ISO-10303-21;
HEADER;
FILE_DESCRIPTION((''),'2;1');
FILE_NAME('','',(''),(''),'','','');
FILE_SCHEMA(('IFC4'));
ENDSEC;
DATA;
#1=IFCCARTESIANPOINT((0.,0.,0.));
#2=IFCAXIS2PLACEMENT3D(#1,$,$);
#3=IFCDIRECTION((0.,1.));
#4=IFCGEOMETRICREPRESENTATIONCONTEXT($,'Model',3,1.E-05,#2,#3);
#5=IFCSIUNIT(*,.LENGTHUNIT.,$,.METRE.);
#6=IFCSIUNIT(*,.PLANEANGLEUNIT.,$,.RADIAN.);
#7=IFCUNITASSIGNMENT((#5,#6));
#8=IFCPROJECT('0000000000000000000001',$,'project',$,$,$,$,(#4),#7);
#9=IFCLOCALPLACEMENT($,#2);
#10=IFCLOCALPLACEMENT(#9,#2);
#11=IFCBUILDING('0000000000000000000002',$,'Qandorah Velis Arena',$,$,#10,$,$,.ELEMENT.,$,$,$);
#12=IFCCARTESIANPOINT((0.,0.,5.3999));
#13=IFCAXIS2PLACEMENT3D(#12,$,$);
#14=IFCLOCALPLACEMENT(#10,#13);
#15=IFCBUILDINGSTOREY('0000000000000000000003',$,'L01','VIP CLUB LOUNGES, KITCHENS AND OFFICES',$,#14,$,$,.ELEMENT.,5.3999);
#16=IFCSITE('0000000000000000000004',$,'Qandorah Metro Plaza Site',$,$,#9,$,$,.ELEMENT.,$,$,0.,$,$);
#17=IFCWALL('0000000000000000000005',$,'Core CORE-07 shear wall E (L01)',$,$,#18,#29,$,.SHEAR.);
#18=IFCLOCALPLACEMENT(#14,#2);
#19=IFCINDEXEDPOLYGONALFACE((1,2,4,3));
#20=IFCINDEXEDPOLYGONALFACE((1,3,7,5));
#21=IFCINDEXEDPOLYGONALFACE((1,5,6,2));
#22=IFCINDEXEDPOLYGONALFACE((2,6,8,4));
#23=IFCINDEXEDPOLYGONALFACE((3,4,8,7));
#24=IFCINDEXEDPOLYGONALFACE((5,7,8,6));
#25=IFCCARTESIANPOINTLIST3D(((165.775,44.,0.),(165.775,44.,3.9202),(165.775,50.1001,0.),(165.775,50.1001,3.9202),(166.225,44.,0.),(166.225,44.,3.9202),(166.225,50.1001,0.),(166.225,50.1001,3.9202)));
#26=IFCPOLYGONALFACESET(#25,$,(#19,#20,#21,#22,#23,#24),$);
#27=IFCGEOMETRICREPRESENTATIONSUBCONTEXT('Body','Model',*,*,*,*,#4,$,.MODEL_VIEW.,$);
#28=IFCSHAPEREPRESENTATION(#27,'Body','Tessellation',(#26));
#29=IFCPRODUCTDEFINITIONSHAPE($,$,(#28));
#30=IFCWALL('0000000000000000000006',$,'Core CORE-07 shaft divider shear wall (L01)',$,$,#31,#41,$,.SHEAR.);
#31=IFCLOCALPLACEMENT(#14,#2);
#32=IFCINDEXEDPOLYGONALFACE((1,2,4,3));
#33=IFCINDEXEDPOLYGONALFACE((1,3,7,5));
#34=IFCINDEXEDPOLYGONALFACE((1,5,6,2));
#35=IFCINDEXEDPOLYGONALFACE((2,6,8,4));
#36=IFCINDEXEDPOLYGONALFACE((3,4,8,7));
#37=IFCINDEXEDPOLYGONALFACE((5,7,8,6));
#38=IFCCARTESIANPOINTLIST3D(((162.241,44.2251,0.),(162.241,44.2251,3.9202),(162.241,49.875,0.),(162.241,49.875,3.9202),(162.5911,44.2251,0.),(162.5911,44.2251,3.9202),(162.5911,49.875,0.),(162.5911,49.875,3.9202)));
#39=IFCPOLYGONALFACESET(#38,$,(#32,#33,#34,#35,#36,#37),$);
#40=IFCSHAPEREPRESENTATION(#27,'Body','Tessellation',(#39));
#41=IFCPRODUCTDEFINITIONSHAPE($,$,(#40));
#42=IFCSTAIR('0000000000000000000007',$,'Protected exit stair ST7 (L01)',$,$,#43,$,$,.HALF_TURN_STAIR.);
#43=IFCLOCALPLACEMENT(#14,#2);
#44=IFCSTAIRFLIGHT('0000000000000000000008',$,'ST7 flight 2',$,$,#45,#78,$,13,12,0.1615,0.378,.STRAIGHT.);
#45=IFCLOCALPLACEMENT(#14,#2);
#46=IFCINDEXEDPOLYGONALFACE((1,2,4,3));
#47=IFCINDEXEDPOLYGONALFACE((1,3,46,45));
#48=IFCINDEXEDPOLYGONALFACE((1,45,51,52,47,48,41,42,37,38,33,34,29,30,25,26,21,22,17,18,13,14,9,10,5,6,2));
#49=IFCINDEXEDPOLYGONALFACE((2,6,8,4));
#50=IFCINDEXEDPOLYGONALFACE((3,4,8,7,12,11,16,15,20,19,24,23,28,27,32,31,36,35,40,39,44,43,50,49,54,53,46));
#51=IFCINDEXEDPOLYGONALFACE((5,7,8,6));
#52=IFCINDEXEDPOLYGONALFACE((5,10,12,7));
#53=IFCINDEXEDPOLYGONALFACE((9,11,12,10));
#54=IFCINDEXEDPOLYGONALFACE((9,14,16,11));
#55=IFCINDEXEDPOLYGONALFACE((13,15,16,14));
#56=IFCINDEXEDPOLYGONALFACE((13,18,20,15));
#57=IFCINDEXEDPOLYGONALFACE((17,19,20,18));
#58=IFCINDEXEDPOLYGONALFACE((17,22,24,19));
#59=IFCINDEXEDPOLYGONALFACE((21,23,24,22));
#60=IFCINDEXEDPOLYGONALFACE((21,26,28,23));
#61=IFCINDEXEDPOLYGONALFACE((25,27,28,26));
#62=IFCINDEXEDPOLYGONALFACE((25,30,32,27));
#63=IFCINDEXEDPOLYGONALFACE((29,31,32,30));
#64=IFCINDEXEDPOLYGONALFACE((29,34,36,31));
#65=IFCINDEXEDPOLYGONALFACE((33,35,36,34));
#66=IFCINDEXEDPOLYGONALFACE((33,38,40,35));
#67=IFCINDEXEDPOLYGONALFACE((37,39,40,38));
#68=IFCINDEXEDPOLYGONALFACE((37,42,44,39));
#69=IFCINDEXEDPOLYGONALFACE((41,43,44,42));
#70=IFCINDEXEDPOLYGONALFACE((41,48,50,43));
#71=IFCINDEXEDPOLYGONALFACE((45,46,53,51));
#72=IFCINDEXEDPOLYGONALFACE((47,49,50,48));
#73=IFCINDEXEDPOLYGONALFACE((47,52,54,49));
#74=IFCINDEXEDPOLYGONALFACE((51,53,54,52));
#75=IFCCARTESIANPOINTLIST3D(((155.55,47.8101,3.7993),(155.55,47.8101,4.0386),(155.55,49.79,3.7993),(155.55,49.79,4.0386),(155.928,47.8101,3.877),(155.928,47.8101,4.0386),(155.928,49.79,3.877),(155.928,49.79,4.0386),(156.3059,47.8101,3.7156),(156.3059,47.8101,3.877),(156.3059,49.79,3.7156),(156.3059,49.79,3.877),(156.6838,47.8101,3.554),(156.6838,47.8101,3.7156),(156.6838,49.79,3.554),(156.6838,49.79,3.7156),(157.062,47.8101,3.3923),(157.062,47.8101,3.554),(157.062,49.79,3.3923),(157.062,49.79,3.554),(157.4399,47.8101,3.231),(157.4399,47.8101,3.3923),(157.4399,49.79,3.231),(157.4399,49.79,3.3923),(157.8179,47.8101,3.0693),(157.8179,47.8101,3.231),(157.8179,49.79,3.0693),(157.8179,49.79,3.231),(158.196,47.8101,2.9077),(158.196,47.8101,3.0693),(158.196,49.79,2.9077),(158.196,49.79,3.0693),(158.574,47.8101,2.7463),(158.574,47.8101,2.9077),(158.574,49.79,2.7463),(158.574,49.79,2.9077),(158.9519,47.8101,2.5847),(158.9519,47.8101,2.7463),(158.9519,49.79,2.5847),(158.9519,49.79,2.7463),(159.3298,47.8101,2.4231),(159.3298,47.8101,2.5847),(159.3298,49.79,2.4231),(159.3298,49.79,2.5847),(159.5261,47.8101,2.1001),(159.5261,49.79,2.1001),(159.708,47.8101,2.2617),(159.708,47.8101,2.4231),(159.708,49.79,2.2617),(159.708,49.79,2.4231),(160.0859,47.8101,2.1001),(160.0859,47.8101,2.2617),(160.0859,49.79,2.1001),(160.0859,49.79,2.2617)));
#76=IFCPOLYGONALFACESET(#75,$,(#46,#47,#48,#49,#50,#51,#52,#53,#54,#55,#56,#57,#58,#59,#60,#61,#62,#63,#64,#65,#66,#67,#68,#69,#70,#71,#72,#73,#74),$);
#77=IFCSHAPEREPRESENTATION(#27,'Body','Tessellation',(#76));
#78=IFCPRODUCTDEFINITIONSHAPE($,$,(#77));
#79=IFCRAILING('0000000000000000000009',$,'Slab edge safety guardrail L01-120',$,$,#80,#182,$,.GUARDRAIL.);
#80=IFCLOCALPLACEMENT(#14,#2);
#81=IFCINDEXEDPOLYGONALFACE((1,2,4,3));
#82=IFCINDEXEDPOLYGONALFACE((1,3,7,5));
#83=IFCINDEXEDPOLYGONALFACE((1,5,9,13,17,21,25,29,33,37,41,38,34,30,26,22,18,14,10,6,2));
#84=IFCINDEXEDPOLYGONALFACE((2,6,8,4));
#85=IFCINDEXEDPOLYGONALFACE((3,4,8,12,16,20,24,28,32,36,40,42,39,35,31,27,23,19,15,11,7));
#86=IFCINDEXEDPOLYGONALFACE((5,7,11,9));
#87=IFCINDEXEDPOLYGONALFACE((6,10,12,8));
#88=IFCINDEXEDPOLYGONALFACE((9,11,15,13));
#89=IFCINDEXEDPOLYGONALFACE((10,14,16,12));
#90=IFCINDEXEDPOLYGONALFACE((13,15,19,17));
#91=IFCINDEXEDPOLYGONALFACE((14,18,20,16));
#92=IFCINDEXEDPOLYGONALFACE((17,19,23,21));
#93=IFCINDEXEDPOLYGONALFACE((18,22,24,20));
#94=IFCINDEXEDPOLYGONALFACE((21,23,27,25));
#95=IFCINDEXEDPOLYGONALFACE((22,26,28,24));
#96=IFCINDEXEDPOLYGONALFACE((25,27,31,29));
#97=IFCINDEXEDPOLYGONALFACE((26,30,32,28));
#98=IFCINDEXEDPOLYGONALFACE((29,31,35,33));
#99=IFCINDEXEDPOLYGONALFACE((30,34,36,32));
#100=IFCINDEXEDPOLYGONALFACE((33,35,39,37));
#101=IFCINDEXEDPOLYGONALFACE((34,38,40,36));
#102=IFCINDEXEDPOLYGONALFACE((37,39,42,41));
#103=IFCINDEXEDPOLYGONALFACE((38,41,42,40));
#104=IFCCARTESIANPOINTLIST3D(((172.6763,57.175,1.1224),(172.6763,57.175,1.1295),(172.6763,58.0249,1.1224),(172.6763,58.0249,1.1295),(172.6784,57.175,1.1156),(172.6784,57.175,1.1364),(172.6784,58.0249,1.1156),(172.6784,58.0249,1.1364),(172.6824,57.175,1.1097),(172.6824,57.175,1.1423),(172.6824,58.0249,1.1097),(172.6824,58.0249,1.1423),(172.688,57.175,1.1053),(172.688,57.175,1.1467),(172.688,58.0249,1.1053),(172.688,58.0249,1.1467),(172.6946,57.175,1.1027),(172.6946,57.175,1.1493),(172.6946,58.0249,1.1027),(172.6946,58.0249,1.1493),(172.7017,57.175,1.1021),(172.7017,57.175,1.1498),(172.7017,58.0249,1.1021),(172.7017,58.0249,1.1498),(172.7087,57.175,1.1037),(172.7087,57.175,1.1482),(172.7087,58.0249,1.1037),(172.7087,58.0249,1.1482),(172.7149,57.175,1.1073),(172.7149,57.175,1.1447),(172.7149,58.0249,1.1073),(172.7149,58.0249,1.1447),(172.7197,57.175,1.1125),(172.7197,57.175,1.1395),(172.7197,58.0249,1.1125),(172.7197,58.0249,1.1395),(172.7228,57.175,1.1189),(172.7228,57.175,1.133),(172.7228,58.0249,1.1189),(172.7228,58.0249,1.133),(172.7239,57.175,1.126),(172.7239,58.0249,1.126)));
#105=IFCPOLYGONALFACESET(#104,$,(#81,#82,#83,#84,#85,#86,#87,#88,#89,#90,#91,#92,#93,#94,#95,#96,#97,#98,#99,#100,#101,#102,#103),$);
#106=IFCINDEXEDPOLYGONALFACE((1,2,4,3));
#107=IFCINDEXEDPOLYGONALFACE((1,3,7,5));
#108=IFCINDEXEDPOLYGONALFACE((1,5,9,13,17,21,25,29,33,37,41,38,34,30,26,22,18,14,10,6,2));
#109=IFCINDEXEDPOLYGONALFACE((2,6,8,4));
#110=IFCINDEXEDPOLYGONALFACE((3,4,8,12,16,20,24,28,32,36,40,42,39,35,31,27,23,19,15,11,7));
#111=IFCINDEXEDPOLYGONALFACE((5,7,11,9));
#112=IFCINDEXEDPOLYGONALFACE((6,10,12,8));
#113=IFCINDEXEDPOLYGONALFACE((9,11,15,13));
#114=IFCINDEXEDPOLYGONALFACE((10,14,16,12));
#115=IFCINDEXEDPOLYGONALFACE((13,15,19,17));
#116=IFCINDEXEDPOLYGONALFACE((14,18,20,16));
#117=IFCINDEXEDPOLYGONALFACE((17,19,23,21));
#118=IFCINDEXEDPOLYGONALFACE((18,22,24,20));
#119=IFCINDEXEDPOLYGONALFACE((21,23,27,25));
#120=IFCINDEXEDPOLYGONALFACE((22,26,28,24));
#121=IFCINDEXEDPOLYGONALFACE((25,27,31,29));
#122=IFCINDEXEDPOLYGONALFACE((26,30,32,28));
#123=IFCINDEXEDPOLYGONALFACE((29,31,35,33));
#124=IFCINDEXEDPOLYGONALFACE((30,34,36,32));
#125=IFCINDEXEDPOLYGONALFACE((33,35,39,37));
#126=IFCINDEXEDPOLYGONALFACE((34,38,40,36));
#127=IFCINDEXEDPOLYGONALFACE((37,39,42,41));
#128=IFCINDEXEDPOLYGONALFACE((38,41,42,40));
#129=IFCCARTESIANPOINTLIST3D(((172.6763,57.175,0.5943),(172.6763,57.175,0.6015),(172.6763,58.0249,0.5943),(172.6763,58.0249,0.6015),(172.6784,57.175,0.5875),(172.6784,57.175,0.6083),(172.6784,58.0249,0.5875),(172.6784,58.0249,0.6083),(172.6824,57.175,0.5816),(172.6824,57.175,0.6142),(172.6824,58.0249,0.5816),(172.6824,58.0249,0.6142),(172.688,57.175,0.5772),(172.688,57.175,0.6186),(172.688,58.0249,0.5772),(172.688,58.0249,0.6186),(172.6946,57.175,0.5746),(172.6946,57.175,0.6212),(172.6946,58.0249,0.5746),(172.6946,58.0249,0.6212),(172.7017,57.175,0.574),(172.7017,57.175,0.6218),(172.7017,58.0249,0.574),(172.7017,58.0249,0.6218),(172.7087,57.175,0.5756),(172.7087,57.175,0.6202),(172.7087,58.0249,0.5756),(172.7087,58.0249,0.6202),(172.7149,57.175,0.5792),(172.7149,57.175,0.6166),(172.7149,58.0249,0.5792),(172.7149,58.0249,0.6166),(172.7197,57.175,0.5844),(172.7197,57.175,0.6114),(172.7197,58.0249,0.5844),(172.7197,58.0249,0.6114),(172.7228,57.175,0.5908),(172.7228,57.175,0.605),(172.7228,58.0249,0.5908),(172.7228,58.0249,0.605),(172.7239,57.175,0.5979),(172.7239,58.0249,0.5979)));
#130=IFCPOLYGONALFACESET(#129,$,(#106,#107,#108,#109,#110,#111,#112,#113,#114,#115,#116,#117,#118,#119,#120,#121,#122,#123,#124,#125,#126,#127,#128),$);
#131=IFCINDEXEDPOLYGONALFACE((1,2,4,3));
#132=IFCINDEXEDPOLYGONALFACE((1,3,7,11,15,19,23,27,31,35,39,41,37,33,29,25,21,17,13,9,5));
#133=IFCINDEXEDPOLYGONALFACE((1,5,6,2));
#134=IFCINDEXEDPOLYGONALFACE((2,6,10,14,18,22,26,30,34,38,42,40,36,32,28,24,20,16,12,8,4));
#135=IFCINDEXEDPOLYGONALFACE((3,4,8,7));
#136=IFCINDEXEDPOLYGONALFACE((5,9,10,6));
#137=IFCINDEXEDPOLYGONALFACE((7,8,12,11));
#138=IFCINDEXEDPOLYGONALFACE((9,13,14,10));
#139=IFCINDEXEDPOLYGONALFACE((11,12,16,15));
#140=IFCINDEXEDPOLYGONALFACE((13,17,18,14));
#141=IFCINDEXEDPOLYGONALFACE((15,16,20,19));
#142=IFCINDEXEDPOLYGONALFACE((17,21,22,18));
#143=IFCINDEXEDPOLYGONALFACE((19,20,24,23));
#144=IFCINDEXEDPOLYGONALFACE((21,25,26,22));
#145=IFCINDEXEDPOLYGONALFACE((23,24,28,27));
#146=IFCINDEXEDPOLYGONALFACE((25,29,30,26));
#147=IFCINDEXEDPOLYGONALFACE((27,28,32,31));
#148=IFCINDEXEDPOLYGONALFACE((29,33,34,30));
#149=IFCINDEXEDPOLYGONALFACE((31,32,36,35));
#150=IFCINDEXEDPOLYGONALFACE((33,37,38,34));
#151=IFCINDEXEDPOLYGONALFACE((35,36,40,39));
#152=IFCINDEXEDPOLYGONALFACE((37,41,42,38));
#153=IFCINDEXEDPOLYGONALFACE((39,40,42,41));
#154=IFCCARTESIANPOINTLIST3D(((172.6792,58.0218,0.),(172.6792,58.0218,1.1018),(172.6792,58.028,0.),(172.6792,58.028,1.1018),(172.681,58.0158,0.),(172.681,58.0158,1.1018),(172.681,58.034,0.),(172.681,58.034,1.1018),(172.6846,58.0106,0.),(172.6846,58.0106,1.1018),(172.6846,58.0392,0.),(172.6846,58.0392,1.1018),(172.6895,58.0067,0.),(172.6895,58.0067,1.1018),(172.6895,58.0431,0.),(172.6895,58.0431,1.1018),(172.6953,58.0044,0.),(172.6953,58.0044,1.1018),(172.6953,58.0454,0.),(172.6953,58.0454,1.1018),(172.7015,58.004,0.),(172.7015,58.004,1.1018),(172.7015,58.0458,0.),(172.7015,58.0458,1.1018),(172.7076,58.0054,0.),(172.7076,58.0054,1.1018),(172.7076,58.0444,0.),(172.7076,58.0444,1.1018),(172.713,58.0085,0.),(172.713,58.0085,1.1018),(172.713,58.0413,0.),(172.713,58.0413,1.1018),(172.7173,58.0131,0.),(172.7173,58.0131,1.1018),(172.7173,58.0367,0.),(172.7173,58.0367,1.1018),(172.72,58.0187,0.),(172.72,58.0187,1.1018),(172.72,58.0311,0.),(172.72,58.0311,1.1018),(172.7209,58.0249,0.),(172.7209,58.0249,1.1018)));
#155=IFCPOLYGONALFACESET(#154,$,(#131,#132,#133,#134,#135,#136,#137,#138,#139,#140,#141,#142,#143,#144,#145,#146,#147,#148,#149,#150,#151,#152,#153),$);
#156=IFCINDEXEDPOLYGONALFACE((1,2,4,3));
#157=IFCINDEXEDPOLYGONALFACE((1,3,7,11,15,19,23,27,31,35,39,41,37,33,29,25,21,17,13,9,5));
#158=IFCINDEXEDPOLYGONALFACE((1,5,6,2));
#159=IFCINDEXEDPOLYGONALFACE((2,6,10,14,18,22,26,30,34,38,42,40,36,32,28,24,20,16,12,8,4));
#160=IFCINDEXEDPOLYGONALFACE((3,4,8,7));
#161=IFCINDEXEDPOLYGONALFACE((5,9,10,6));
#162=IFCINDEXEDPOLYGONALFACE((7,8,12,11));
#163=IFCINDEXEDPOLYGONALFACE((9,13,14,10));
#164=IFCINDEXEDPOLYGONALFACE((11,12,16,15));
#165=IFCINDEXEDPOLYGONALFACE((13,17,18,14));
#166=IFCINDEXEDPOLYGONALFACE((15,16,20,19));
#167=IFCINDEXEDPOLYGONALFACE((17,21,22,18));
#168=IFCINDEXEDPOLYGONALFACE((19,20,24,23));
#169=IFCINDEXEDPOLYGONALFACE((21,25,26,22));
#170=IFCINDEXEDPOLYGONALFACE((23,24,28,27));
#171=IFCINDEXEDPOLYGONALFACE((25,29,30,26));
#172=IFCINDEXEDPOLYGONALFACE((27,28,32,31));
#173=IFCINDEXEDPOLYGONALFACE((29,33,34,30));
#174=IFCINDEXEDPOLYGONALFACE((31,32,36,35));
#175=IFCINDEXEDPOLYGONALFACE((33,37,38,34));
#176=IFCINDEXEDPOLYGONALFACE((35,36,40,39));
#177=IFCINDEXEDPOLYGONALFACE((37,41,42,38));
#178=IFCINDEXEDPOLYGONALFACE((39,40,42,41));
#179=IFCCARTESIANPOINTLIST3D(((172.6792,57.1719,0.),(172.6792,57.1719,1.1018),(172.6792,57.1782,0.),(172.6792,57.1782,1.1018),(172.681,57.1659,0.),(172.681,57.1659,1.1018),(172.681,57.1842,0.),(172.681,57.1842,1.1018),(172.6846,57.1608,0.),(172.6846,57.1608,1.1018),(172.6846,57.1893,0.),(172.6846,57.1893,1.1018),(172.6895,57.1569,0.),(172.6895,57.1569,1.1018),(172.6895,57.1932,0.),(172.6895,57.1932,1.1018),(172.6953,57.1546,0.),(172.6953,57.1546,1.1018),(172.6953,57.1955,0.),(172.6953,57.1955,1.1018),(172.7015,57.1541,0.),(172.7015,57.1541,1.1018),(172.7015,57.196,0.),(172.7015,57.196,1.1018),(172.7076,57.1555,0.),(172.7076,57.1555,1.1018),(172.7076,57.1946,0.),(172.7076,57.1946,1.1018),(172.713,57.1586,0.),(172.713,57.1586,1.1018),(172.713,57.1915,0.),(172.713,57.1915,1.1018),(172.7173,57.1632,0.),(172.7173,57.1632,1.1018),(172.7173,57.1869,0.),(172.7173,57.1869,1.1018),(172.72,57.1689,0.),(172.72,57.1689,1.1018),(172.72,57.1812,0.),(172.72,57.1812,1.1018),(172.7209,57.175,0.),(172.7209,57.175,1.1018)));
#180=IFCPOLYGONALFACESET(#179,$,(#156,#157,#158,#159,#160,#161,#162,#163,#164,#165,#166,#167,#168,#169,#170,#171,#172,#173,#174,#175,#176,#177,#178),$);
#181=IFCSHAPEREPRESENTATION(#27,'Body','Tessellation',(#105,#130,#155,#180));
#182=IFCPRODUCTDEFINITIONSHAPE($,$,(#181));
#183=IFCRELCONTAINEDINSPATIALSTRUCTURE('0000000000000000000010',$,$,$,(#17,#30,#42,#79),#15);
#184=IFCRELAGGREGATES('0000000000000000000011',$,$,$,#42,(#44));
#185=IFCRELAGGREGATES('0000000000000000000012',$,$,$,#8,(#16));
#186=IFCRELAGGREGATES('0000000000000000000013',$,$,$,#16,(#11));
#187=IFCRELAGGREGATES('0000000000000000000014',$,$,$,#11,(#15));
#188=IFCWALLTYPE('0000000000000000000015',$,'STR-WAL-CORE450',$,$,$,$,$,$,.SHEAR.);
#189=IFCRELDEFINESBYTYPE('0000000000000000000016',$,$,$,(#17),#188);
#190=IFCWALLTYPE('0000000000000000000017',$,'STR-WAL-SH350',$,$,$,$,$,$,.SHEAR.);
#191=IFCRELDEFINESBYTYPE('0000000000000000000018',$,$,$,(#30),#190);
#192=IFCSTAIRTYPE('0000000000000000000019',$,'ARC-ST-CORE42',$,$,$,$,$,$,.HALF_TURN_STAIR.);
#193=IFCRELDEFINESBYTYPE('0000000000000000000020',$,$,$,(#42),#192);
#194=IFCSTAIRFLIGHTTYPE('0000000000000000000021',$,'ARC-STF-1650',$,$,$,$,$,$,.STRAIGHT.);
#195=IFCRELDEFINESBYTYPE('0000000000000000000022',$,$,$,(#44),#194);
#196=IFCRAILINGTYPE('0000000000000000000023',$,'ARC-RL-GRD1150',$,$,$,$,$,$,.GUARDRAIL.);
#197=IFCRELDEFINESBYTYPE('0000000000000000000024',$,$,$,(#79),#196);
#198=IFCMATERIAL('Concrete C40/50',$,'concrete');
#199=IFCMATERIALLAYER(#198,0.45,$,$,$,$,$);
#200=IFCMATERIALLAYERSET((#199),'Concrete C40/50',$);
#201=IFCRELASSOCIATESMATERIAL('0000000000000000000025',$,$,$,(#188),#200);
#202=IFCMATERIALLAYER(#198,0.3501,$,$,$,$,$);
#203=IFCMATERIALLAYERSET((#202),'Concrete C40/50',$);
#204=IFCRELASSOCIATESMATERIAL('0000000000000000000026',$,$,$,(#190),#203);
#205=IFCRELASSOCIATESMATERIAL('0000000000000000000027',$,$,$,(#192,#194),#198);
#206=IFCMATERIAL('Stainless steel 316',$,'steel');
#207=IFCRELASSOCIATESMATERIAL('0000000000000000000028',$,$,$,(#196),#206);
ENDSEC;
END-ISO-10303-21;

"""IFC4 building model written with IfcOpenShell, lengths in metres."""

from ifc_helpers import new_model, si_unit, direction, frame, frame_2d, origin, origin_2d, place, context, subcontext, project, spatial, polyline, rectangle, circle, outline, extrude, material, layer, layer_set, type_object, element, aggregate, save


model = new_model("IFC4")

# Units and contexts
model_context = context("Model", 3, precision=1e-05, world=origin(), true_north=direction((0.0, 1.0)))
body_context = subcontext(model_context, "Body", "Model", "MODEL_VIEW")
ifc_project = project(units=[si_unit("LENGTHUNIT", "METRE"), si_unit("PLANEANGLEUNIT", "RADIAN")], contexts=[model_context])

# Site, building, storey
site_placement = place(None, origin())
site = spatial("IfcSite", under=ifc_project, at=site_placement, Name="Qandorah Metro Plaza Site", CompositionType="ELEMENT", RefElevation=0.0)
building_placement = place(site_placement, origin())
building = spatial("IfcBuilding", under=site, at=building_placement, Name="Qandorah Velis Arena", CompositionType="ELEMENT")
storey_placement = place(building_placement, frame((0.0, 0.0, 5.3999)))
storey = spatial("IfcBuildingStorey", under=building, at=storey_placement, Name="L01", Description="VIP CLUB LOUNGES, KITCHENS AND OFFICES", CompositionType="ELEMENT", Elevation=5.3999)

# Shared definitions
ifc_material_1 = material(Name="Concrete C40/50", Category="concrete")

# Walls
ifc_layer_1 = layer(ifc_material_1, 0.45)
ifc_layer_set_1 = layer_set([ifc_layer_1], Name="Concrete C40/50")
wall_type_1 = type_object("IfcWallType", Name="STR-WAL-CORE450", PredefinedType="SHEAR", material=ifc_layer_set_1)
wall_1_placement = place(storey_placement, frame((166.0, 44.0, 0.0), z_axis=(0.0, 0.0, 1.0), x_axis=(0.0, 1.0, 0.0)))
element("IfcWall", 1, at=wall_1_placement, inside=storey, type_object=wall_type_1, Name="Core CORE-07 shear wall E (L01)", PredefinedType="SHEAR", context=body_context, shape_type="SweptSolid", body=[
    extrude(rectangle(XDim=6.1001, YDim=0.45, at=frame_2d((3.05, 0.0))), origin(), (0.0, 0.0, 1.0), 3.9202),
])
ifc_layer_2 = layer(ifc_material_1, 0.3501)
ifc_layer_set_2 = layer_set([ifc_layer_2], Name="Concrete C40/50")
wall_type_2 = type_object("IfcWallType", Name="STR-WAL-SH350", PredefinedType="SHEAR", material=ifc_layer_set_2)
wall_2_placement = place(storey_placement, frame((162.416, 44.2251, 0.0), z_axis=(0.0, 0.0, 1.0), x_axis=(0.0, 1.0, 0.0)))
element("IfcWall", 2, at=wall_2_placement, inside=storey, type_object=wall_type_2, Name="Core CORE-07 shaft divider shear wall (L01)", PredefinedType="SHEAR", context=body_context, shape_type="SweptSolid", body=[
    extrude(rectangle(XDim=5.6499, YDim=0.3501, at=frame_2d((2.825, 0.0))), origin(), (0.0, 0.0, 1.0), 3.9202),
])

# Stair, stair flight
stair_type = type_object("IfcStairType", Name="ARC-ST-CORE42", PredefinedType="HALF_TURN_STAIR", material=ifc_material_1)
stair_placement = place(storey_placement, origin())
stair = element("IfcStair", 3, at=stair_placement, inside=storey, type_object=stair_type, Name="Protected exit stair ST7 (L01)", PredefinedType="HALF_TURN_STAIR")
stair_flight_type = type_object("IfcStairFlightType", Name="ARC-STF-1650", PredefinedType="STRAIGHT", material=ifc_material_1)
stair_flight_placement = place(storey_placement, frame((160.0859, 48.8, 2.1001), z_axis=(0.0, 0.0, 1.0), x_axis=(-1.0, 0.0, 0.0)))
stair_flight = element("IfcStairFlight", 4, at=stair_flight_placement, type_object=stair_flight_type, Name="ST7 flight 2", NumberOfRisers=13, NumberOfTreads=12, PredefinedType="STRAIGHT", RiserHeight=0.1615, TreadLength=0.378, context=body_context, shape_type="SweptSolid", body=[
    extrude(outline(polyline([(0.0, 0.0), (0.0, 0.1616), (0.3779, 0.1616), (0.3779, 0.323), (0.7561, 0.323), (0.7561, 0.4846), (1.134, 0.4846), (1.134, 0.6462), (1.512, 0.6462), (1.512, 0.8076), (1.8899, 0.8076), (1.8899, 0.9692), (2.2681, 0.9692), (2.2681, 1.1309), (2.646, 1.1309), (2.646, 1.2922), (3.0239, 1.2922), (3.0239, 1.4539), (3.4021, 1.4539), (3.4021, 1.6155), (3.78, 1.6155), (3.78, 1.7769), (4.158, 1.7769), (4.158, 1.9385), (4.5359, 1.9385), (4.5359, 2.1001), (4.5359, 1.6992), (0.5598, 0.0), (0.0, 0.0)])), frame((0.0, 0.99, 0.0), z_axis=(0.0, -1.0, 0.0), x_axis=(1.0, 0.0, 0.0)), (0.0, 0.0, 1.0), 1.98),
])
aggregate(stair, [stair_flight])

# Railing
ifc_material_2 = material(Name="Stainless steel 316", Category="steel")
railing_type = type_object("IfcRailingType", Name="ARC-RL-GRD1150", PredefinedType="GUARDRAIL", material=ifc_material_2)
railing_1_placement = place(storey_placement, frame((172.7, 58.0249, 0.0)))
element("IfcRailing", 5, at=railing_1_placement, inside=storey, type_object=railing_type, Name="Slab edge safety guardrail L01-120", PredefinedType="GUARDRAIL", context=body_context, shape_type="SweptSolid", body=[
    extrude(circle(Radius=0.0239, at=origin_2d()), frame((0.0, 0.0, 1.126), z_axis=(0.0, -1.0, 0.0), x_axis=(1.0, 0.0, 0.0)), (0.0, 0.0, 1.0), 0.8499),
    extrude(circle(Radius=0.0239, at=origin_2d()), frame((0.0, 0.0, 0.5979), z_axis=(0.0, -1.0, 0.0), x_axis=(1.0, 0.0, 0.0)), (0.0, 0.0, 1.0), 0.8499),
    extrude(circle(Radius=0.021, at=origin_2d()), origin(), (0.0, 0.0, 1.0), 1.1018),
    extrude(circle(Radius=0.021, at=origin_2d()), frame((0.0, -0.8499, 0.0)), (0.0, 0.0, 1.0), 1.1018),
])

save(model, "model.ifc")
